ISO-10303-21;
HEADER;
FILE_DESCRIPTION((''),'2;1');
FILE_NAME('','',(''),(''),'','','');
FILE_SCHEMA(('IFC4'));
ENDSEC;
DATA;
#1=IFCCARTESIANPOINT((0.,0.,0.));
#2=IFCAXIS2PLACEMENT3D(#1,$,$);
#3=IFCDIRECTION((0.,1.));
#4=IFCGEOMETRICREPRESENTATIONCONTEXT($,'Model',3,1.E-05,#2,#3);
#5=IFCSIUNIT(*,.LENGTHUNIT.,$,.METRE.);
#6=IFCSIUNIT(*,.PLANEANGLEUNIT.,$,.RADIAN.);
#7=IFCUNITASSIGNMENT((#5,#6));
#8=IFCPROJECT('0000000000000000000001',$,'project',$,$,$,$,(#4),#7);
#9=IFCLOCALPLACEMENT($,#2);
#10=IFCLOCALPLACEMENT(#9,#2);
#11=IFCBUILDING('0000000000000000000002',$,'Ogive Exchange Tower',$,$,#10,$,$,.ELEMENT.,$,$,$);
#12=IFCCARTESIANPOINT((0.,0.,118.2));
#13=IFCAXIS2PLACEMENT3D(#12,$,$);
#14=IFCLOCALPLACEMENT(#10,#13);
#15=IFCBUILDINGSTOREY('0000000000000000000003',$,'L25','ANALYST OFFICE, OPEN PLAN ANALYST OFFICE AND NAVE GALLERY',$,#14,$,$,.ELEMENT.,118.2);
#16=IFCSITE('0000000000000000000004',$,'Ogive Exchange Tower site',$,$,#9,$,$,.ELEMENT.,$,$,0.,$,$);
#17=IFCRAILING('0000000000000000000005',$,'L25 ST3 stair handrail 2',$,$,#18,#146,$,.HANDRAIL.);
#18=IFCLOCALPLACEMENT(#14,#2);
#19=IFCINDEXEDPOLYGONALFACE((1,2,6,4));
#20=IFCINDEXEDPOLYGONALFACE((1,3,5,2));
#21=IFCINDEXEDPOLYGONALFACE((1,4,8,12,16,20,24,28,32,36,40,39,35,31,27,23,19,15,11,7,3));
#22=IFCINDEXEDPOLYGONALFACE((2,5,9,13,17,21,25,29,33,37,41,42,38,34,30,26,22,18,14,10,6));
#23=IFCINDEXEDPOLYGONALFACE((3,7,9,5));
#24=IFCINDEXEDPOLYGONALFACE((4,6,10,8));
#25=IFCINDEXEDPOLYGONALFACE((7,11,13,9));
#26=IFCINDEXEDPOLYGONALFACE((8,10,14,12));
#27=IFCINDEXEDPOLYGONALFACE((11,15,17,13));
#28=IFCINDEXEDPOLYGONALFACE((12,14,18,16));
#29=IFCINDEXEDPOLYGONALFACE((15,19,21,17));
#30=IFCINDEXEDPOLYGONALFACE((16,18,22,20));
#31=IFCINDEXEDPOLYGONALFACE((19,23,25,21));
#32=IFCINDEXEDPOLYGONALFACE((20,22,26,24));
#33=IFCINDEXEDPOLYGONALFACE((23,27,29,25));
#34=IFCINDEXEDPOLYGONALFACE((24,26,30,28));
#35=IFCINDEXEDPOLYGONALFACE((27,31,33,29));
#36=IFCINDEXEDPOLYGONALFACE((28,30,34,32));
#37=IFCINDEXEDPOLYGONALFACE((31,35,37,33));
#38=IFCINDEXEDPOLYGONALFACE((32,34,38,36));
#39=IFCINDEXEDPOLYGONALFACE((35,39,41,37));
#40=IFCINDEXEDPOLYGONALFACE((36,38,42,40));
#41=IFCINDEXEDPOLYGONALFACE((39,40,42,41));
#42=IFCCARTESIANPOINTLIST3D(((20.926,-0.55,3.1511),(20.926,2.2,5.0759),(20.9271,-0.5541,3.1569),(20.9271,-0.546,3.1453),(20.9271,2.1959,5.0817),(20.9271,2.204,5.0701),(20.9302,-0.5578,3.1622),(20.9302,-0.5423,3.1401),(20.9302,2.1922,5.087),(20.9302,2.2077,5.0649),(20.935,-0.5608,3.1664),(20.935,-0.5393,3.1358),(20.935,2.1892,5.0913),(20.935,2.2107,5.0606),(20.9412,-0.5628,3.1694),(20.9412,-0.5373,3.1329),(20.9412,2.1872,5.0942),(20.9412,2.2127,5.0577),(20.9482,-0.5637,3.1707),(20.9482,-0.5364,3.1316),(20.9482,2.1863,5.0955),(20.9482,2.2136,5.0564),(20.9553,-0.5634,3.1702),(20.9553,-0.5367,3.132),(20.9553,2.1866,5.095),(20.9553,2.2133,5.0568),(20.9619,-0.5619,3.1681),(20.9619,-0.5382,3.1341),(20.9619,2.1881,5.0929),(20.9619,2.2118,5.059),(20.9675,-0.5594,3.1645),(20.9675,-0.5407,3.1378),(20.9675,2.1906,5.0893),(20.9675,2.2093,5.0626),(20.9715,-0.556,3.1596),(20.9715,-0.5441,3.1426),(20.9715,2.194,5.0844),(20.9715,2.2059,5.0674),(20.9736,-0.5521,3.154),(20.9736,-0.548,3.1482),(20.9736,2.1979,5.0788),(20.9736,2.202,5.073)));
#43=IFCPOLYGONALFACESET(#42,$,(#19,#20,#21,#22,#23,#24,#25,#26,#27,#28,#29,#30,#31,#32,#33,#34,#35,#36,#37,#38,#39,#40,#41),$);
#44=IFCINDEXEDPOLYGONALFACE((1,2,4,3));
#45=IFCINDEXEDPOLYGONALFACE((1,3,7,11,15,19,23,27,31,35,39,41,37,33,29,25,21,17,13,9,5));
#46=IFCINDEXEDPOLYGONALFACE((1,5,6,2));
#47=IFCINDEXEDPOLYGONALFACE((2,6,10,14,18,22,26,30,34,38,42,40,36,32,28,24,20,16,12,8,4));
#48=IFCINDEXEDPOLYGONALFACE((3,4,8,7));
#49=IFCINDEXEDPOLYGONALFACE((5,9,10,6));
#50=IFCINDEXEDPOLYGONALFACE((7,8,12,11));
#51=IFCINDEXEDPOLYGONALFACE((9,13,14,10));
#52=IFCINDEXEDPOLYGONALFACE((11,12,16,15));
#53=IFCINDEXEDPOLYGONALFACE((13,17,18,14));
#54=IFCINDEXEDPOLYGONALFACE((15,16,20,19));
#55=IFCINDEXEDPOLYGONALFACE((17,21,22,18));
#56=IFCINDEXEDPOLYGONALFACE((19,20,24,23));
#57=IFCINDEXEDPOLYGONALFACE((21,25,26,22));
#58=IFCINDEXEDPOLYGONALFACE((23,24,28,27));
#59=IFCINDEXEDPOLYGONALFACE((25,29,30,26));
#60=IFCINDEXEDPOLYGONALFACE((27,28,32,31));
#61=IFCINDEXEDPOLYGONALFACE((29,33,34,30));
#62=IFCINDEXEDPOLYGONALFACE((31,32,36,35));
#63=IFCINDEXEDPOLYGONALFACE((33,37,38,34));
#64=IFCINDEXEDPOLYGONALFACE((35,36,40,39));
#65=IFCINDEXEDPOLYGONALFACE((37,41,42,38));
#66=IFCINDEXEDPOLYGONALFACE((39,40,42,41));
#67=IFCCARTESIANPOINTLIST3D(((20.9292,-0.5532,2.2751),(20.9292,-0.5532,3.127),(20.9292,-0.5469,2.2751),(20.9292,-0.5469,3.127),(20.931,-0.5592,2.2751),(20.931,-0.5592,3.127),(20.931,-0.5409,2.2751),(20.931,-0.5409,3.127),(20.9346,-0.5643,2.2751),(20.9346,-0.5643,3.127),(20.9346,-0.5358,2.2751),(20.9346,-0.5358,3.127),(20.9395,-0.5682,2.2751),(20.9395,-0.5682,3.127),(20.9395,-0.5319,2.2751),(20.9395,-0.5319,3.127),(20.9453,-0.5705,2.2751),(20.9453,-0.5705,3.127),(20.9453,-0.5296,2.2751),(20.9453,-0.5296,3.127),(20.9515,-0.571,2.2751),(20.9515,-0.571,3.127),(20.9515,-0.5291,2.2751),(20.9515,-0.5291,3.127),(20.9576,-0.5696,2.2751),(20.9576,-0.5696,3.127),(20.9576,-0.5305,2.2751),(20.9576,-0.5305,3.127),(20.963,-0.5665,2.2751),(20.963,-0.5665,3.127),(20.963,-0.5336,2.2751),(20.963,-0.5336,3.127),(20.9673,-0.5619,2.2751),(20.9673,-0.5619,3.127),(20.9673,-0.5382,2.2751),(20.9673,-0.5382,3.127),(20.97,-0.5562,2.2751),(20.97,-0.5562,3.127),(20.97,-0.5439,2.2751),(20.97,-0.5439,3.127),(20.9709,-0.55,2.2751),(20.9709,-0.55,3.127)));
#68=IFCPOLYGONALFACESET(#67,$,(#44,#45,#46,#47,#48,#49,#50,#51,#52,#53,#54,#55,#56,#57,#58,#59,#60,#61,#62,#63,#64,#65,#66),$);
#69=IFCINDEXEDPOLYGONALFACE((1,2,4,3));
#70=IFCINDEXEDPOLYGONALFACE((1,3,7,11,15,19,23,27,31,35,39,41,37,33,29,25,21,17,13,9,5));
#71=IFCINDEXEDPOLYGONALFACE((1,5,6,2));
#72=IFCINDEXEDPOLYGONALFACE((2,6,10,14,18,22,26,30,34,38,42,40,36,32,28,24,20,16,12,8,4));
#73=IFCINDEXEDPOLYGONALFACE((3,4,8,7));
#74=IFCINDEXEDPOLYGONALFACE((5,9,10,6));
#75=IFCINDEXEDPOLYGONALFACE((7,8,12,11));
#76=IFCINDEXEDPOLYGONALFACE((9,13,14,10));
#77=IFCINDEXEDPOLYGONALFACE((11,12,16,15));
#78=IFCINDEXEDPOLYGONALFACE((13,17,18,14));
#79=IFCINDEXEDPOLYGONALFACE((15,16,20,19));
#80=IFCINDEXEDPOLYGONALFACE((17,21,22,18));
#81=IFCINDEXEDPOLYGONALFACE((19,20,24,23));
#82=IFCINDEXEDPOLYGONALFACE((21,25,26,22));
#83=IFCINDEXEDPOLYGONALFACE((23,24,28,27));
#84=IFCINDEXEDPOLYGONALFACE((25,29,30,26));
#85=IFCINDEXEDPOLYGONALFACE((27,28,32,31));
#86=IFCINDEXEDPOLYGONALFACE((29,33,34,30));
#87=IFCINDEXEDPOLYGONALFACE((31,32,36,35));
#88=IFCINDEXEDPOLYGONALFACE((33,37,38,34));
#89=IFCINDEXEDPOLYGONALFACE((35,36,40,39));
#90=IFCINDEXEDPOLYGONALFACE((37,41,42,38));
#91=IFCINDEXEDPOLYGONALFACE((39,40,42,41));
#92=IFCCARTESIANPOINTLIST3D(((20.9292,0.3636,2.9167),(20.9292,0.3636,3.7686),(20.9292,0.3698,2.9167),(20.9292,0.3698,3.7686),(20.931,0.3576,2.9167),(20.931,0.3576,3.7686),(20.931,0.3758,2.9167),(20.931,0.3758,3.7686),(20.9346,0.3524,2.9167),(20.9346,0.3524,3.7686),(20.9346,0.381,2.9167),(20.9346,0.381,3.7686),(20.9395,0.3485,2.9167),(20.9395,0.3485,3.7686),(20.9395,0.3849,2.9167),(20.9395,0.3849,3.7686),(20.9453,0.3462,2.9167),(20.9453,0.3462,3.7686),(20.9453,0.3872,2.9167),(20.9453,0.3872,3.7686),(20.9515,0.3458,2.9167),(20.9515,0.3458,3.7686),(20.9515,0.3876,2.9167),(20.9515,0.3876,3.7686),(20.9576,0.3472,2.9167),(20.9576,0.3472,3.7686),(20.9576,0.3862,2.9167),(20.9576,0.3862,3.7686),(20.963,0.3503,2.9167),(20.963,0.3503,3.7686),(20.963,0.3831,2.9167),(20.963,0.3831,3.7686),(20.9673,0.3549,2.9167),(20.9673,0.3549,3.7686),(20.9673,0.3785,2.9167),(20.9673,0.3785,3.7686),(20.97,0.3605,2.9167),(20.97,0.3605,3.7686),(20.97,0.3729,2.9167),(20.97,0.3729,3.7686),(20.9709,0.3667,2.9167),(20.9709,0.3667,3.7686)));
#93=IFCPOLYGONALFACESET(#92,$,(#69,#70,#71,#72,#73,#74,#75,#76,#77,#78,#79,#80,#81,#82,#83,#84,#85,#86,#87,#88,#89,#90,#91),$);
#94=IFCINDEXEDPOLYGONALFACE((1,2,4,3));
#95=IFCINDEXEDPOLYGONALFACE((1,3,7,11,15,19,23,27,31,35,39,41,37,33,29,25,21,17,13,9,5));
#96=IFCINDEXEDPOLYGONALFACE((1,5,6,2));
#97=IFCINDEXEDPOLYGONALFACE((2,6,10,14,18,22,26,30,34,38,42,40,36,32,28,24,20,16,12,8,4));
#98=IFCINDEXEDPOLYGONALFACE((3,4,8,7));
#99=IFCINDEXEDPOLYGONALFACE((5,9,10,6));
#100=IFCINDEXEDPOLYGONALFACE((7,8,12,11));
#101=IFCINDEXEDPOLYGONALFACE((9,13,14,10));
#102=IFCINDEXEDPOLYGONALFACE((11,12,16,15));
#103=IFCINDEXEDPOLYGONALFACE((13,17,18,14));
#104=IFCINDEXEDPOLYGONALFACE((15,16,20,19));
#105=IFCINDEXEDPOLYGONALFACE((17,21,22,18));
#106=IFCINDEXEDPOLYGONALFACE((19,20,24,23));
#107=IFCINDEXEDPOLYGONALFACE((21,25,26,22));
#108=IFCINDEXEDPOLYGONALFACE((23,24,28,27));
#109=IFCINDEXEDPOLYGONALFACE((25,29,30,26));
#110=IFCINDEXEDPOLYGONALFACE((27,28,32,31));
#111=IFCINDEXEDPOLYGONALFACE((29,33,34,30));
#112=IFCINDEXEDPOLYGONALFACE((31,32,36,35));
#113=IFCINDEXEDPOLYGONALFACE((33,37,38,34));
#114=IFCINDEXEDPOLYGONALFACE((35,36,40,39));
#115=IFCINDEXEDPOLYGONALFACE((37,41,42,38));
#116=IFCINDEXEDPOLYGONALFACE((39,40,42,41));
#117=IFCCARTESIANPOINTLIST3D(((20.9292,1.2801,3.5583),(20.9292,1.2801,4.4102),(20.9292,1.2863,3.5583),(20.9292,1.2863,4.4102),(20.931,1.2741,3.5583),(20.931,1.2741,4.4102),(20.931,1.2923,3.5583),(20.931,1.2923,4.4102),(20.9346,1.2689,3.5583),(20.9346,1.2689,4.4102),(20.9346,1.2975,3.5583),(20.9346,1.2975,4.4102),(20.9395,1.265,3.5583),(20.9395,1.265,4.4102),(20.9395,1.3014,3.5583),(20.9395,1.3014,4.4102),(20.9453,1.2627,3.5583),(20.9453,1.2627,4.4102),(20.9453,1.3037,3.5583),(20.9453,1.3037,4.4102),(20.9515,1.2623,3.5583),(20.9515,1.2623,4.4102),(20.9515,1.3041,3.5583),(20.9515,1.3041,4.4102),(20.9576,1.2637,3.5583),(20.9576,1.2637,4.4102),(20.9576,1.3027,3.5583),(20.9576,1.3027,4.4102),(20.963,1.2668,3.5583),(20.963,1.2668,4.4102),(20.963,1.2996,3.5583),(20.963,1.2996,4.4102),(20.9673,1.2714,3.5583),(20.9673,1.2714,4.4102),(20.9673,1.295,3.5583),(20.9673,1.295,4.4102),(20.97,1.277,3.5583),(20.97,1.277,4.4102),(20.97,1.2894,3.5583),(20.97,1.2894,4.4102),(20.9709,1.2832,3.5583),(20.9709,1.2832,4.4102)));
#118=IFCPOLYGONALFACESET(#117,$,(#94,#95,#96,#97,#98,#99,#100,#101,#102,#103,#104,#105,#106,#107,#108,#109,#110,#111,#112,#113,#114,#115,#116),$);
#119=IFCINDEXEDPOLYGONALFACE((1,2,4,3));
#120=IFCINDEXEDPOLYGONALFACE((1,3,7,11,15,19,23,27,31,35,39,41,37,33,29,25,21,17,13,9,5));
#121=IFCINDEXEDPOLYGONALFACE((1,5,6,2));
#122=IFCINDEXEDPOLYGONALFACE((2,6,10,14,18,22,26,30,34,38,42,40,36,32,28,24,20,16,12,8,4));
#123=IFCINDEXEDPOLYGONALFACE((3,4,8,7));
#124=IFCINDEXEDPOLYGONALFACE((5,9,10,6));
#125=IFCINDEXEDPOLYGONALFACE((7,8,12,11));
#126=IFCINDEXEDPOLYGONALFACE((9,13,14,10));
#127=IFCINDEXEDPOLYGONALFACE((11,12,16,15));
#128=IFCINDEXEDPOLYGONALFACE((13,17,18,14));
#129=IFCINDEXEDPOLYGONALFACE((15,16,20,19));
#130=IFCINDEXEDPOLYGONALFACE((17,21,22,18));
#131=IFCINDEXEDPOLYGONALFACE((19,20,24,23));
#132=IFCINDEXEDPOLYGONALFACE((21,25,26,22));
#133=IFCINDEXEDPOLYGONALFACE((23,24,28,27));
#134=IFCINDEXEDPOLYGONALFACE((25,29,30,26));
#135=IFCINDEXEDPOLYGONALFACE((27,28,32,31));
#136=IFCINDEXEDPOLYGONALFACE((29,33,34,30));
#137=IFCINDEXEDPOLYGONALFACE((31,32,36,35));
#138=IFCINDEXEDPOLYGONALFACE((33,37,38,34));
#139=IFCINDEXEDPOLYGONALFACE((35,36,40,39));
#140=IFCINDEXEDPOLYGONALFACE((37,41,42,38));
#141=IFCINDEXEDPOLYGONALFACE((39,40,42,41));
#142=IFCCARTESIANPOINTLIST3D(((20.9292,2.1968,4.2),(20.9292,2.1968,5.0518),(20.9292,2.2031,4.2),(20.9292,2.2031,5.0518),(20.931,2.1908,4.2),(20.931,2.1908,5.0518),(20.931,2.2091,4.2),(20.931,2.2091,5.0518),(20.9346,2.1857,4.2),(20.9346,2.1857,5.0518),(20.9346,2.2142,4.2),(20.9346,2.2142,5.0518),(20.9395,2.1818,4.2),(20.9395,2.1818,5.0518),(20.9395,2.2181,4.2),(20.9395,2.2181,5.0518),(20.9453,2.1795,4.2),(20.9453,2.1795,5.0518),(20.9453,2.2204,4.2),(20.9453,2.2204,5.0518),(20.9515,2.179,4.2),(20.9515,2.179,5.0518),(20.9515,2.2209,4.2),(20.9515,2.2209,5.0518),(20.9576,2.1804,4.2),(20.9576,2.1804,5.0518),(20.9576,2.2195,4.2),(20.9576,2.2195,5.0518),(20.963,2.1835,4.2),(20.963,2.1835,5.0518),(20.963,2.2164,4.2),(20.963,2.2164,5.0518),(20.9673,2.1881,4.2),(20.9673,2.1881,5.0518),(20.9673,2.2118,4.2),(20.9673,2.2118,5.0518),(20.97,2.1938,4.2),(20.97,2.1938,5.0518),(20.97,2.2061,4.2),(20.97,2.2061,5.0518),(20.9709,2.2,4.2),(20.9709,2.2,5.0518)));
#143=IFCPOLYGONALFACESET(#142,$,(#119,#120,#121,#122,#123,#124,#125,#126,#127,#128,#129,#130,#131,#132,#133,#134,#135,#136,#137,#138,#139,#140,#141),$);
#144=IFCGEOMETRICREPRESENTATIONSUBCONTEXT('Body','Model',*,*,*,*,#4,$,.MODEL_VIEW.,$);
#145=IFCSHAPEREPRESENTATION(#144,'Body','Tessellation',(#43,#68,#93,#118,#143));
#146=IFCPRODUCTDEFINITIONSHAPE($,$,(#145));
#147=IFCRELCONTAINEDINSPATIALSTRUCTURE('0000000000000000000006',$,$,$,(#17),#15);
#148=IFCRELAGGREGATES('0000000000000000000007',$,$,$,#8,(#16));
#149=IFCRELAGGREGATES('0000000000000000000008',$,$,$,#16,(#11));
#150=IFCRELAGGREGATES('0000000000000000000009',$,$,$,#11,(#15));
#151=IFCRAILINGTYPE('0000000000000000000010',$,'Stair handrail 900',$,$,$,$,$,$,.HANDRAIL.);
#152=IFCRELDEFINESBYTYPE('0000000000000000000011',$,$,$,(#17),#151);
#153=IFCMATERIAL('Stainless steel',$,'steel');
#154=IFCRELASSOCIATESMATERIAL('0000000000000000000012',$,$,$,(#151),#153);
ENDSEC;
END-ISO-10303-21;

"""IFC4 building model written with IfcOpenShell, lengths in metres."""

from ifc_helpers import new_model, si_unit, direction, frame, origin, origin_2d, place, context, subcontext, project, spatial, circle, extrude, material, type_object, element, save


model = new_model("IFC4")

# Units and contexts
model_context = context("Model", 3, precision=1e-05, world=origin(), true_north=direction((0.0, 1.0)))
body_context = subcontext(model_context, "Body", "Model", "MODEL_VIEW")
ifc_project = project(units=[si_unit("LENGTHUNIT", "METRE"), si_unit("PLANEANGLEUNIT", "RADIAN")], contexts=[model_context])

# Site, building, storey
site_placement = place(None, origin())
site = spatial("IfcSite", under=ifc_project, at=site_placement, Name="Ogive Exchange Tower site", CompositionType="ELEMENT", RefElevation=0.0)
building_placement = place(site_placement, origin())
building = spatial("IfcBuilding", under=site, at=building_placement, Name="Ogive Exchange Tower", CompositionType="ELEMENT")
storey_placement = place(building_placement, frame((0.0, 0.0, 118.2)))
storey = spatial("IfcBuildingStorey", under=building, at=storey_placement, Name="L25", Description="ANALYST OFFICE, OPEN PLAN ANALYST OFFICE AND NAVE GALLERY", CompositionType="ELEMENT", Elevation=118.2)

# Shared definitions
ifc_material_1 = material(Name="Stainless steel", Category="steel")

# Railing
railing_type = type_object("IfcRailingType", Name="Stair handrail 900", PredefinedType="HANDRAIL", material=ifc_material_1)
railing_1_placement = place(storey_placement, frame((20.95, -0.55, 2.2751)))
element("IfcRailing", 1, at=railing_1_placement, inside=storey, type_object=railing_type, Name="L25 ST3 stair handrail 2", PredefinedType="HANDRAIL", context=body_context, shape_type="SweptSolid", body=[
    extrude(circle(Radius=0.0239, at=origin_2d()), frame((0.0, 0.0, 0.876), z_axis=(0.0, 0.819259, 0.573423), x_axis=(-1.0, 0.0, 0.0)), (0.0, 0.0, 1.0), 3.3567),
    extrude(circle(Radius=0.021, at=origin_2d()), origin(), (0.0, 0.0, 1.0), 0.8518),
    extrude(circle(Radius=0.021, at=origin_2d()), frame((0.0, 0.9167, 0.6416)), (0.0, 0.0, 1.0), 0.8518),
    extrude(circle(Radius=0.021, at=origin_2d()), frame((0.0, 1.8333, 1.2832)), (0.0, 0.0, 1.0), 0.8518),
    extrude(circle(Radius=0.021, at=origin_2d()), frame((0.0, 2.75, 1.9248)), (0.0, 0.0, 1.0), 0.8518),
])

save(model, "model.ifc")
